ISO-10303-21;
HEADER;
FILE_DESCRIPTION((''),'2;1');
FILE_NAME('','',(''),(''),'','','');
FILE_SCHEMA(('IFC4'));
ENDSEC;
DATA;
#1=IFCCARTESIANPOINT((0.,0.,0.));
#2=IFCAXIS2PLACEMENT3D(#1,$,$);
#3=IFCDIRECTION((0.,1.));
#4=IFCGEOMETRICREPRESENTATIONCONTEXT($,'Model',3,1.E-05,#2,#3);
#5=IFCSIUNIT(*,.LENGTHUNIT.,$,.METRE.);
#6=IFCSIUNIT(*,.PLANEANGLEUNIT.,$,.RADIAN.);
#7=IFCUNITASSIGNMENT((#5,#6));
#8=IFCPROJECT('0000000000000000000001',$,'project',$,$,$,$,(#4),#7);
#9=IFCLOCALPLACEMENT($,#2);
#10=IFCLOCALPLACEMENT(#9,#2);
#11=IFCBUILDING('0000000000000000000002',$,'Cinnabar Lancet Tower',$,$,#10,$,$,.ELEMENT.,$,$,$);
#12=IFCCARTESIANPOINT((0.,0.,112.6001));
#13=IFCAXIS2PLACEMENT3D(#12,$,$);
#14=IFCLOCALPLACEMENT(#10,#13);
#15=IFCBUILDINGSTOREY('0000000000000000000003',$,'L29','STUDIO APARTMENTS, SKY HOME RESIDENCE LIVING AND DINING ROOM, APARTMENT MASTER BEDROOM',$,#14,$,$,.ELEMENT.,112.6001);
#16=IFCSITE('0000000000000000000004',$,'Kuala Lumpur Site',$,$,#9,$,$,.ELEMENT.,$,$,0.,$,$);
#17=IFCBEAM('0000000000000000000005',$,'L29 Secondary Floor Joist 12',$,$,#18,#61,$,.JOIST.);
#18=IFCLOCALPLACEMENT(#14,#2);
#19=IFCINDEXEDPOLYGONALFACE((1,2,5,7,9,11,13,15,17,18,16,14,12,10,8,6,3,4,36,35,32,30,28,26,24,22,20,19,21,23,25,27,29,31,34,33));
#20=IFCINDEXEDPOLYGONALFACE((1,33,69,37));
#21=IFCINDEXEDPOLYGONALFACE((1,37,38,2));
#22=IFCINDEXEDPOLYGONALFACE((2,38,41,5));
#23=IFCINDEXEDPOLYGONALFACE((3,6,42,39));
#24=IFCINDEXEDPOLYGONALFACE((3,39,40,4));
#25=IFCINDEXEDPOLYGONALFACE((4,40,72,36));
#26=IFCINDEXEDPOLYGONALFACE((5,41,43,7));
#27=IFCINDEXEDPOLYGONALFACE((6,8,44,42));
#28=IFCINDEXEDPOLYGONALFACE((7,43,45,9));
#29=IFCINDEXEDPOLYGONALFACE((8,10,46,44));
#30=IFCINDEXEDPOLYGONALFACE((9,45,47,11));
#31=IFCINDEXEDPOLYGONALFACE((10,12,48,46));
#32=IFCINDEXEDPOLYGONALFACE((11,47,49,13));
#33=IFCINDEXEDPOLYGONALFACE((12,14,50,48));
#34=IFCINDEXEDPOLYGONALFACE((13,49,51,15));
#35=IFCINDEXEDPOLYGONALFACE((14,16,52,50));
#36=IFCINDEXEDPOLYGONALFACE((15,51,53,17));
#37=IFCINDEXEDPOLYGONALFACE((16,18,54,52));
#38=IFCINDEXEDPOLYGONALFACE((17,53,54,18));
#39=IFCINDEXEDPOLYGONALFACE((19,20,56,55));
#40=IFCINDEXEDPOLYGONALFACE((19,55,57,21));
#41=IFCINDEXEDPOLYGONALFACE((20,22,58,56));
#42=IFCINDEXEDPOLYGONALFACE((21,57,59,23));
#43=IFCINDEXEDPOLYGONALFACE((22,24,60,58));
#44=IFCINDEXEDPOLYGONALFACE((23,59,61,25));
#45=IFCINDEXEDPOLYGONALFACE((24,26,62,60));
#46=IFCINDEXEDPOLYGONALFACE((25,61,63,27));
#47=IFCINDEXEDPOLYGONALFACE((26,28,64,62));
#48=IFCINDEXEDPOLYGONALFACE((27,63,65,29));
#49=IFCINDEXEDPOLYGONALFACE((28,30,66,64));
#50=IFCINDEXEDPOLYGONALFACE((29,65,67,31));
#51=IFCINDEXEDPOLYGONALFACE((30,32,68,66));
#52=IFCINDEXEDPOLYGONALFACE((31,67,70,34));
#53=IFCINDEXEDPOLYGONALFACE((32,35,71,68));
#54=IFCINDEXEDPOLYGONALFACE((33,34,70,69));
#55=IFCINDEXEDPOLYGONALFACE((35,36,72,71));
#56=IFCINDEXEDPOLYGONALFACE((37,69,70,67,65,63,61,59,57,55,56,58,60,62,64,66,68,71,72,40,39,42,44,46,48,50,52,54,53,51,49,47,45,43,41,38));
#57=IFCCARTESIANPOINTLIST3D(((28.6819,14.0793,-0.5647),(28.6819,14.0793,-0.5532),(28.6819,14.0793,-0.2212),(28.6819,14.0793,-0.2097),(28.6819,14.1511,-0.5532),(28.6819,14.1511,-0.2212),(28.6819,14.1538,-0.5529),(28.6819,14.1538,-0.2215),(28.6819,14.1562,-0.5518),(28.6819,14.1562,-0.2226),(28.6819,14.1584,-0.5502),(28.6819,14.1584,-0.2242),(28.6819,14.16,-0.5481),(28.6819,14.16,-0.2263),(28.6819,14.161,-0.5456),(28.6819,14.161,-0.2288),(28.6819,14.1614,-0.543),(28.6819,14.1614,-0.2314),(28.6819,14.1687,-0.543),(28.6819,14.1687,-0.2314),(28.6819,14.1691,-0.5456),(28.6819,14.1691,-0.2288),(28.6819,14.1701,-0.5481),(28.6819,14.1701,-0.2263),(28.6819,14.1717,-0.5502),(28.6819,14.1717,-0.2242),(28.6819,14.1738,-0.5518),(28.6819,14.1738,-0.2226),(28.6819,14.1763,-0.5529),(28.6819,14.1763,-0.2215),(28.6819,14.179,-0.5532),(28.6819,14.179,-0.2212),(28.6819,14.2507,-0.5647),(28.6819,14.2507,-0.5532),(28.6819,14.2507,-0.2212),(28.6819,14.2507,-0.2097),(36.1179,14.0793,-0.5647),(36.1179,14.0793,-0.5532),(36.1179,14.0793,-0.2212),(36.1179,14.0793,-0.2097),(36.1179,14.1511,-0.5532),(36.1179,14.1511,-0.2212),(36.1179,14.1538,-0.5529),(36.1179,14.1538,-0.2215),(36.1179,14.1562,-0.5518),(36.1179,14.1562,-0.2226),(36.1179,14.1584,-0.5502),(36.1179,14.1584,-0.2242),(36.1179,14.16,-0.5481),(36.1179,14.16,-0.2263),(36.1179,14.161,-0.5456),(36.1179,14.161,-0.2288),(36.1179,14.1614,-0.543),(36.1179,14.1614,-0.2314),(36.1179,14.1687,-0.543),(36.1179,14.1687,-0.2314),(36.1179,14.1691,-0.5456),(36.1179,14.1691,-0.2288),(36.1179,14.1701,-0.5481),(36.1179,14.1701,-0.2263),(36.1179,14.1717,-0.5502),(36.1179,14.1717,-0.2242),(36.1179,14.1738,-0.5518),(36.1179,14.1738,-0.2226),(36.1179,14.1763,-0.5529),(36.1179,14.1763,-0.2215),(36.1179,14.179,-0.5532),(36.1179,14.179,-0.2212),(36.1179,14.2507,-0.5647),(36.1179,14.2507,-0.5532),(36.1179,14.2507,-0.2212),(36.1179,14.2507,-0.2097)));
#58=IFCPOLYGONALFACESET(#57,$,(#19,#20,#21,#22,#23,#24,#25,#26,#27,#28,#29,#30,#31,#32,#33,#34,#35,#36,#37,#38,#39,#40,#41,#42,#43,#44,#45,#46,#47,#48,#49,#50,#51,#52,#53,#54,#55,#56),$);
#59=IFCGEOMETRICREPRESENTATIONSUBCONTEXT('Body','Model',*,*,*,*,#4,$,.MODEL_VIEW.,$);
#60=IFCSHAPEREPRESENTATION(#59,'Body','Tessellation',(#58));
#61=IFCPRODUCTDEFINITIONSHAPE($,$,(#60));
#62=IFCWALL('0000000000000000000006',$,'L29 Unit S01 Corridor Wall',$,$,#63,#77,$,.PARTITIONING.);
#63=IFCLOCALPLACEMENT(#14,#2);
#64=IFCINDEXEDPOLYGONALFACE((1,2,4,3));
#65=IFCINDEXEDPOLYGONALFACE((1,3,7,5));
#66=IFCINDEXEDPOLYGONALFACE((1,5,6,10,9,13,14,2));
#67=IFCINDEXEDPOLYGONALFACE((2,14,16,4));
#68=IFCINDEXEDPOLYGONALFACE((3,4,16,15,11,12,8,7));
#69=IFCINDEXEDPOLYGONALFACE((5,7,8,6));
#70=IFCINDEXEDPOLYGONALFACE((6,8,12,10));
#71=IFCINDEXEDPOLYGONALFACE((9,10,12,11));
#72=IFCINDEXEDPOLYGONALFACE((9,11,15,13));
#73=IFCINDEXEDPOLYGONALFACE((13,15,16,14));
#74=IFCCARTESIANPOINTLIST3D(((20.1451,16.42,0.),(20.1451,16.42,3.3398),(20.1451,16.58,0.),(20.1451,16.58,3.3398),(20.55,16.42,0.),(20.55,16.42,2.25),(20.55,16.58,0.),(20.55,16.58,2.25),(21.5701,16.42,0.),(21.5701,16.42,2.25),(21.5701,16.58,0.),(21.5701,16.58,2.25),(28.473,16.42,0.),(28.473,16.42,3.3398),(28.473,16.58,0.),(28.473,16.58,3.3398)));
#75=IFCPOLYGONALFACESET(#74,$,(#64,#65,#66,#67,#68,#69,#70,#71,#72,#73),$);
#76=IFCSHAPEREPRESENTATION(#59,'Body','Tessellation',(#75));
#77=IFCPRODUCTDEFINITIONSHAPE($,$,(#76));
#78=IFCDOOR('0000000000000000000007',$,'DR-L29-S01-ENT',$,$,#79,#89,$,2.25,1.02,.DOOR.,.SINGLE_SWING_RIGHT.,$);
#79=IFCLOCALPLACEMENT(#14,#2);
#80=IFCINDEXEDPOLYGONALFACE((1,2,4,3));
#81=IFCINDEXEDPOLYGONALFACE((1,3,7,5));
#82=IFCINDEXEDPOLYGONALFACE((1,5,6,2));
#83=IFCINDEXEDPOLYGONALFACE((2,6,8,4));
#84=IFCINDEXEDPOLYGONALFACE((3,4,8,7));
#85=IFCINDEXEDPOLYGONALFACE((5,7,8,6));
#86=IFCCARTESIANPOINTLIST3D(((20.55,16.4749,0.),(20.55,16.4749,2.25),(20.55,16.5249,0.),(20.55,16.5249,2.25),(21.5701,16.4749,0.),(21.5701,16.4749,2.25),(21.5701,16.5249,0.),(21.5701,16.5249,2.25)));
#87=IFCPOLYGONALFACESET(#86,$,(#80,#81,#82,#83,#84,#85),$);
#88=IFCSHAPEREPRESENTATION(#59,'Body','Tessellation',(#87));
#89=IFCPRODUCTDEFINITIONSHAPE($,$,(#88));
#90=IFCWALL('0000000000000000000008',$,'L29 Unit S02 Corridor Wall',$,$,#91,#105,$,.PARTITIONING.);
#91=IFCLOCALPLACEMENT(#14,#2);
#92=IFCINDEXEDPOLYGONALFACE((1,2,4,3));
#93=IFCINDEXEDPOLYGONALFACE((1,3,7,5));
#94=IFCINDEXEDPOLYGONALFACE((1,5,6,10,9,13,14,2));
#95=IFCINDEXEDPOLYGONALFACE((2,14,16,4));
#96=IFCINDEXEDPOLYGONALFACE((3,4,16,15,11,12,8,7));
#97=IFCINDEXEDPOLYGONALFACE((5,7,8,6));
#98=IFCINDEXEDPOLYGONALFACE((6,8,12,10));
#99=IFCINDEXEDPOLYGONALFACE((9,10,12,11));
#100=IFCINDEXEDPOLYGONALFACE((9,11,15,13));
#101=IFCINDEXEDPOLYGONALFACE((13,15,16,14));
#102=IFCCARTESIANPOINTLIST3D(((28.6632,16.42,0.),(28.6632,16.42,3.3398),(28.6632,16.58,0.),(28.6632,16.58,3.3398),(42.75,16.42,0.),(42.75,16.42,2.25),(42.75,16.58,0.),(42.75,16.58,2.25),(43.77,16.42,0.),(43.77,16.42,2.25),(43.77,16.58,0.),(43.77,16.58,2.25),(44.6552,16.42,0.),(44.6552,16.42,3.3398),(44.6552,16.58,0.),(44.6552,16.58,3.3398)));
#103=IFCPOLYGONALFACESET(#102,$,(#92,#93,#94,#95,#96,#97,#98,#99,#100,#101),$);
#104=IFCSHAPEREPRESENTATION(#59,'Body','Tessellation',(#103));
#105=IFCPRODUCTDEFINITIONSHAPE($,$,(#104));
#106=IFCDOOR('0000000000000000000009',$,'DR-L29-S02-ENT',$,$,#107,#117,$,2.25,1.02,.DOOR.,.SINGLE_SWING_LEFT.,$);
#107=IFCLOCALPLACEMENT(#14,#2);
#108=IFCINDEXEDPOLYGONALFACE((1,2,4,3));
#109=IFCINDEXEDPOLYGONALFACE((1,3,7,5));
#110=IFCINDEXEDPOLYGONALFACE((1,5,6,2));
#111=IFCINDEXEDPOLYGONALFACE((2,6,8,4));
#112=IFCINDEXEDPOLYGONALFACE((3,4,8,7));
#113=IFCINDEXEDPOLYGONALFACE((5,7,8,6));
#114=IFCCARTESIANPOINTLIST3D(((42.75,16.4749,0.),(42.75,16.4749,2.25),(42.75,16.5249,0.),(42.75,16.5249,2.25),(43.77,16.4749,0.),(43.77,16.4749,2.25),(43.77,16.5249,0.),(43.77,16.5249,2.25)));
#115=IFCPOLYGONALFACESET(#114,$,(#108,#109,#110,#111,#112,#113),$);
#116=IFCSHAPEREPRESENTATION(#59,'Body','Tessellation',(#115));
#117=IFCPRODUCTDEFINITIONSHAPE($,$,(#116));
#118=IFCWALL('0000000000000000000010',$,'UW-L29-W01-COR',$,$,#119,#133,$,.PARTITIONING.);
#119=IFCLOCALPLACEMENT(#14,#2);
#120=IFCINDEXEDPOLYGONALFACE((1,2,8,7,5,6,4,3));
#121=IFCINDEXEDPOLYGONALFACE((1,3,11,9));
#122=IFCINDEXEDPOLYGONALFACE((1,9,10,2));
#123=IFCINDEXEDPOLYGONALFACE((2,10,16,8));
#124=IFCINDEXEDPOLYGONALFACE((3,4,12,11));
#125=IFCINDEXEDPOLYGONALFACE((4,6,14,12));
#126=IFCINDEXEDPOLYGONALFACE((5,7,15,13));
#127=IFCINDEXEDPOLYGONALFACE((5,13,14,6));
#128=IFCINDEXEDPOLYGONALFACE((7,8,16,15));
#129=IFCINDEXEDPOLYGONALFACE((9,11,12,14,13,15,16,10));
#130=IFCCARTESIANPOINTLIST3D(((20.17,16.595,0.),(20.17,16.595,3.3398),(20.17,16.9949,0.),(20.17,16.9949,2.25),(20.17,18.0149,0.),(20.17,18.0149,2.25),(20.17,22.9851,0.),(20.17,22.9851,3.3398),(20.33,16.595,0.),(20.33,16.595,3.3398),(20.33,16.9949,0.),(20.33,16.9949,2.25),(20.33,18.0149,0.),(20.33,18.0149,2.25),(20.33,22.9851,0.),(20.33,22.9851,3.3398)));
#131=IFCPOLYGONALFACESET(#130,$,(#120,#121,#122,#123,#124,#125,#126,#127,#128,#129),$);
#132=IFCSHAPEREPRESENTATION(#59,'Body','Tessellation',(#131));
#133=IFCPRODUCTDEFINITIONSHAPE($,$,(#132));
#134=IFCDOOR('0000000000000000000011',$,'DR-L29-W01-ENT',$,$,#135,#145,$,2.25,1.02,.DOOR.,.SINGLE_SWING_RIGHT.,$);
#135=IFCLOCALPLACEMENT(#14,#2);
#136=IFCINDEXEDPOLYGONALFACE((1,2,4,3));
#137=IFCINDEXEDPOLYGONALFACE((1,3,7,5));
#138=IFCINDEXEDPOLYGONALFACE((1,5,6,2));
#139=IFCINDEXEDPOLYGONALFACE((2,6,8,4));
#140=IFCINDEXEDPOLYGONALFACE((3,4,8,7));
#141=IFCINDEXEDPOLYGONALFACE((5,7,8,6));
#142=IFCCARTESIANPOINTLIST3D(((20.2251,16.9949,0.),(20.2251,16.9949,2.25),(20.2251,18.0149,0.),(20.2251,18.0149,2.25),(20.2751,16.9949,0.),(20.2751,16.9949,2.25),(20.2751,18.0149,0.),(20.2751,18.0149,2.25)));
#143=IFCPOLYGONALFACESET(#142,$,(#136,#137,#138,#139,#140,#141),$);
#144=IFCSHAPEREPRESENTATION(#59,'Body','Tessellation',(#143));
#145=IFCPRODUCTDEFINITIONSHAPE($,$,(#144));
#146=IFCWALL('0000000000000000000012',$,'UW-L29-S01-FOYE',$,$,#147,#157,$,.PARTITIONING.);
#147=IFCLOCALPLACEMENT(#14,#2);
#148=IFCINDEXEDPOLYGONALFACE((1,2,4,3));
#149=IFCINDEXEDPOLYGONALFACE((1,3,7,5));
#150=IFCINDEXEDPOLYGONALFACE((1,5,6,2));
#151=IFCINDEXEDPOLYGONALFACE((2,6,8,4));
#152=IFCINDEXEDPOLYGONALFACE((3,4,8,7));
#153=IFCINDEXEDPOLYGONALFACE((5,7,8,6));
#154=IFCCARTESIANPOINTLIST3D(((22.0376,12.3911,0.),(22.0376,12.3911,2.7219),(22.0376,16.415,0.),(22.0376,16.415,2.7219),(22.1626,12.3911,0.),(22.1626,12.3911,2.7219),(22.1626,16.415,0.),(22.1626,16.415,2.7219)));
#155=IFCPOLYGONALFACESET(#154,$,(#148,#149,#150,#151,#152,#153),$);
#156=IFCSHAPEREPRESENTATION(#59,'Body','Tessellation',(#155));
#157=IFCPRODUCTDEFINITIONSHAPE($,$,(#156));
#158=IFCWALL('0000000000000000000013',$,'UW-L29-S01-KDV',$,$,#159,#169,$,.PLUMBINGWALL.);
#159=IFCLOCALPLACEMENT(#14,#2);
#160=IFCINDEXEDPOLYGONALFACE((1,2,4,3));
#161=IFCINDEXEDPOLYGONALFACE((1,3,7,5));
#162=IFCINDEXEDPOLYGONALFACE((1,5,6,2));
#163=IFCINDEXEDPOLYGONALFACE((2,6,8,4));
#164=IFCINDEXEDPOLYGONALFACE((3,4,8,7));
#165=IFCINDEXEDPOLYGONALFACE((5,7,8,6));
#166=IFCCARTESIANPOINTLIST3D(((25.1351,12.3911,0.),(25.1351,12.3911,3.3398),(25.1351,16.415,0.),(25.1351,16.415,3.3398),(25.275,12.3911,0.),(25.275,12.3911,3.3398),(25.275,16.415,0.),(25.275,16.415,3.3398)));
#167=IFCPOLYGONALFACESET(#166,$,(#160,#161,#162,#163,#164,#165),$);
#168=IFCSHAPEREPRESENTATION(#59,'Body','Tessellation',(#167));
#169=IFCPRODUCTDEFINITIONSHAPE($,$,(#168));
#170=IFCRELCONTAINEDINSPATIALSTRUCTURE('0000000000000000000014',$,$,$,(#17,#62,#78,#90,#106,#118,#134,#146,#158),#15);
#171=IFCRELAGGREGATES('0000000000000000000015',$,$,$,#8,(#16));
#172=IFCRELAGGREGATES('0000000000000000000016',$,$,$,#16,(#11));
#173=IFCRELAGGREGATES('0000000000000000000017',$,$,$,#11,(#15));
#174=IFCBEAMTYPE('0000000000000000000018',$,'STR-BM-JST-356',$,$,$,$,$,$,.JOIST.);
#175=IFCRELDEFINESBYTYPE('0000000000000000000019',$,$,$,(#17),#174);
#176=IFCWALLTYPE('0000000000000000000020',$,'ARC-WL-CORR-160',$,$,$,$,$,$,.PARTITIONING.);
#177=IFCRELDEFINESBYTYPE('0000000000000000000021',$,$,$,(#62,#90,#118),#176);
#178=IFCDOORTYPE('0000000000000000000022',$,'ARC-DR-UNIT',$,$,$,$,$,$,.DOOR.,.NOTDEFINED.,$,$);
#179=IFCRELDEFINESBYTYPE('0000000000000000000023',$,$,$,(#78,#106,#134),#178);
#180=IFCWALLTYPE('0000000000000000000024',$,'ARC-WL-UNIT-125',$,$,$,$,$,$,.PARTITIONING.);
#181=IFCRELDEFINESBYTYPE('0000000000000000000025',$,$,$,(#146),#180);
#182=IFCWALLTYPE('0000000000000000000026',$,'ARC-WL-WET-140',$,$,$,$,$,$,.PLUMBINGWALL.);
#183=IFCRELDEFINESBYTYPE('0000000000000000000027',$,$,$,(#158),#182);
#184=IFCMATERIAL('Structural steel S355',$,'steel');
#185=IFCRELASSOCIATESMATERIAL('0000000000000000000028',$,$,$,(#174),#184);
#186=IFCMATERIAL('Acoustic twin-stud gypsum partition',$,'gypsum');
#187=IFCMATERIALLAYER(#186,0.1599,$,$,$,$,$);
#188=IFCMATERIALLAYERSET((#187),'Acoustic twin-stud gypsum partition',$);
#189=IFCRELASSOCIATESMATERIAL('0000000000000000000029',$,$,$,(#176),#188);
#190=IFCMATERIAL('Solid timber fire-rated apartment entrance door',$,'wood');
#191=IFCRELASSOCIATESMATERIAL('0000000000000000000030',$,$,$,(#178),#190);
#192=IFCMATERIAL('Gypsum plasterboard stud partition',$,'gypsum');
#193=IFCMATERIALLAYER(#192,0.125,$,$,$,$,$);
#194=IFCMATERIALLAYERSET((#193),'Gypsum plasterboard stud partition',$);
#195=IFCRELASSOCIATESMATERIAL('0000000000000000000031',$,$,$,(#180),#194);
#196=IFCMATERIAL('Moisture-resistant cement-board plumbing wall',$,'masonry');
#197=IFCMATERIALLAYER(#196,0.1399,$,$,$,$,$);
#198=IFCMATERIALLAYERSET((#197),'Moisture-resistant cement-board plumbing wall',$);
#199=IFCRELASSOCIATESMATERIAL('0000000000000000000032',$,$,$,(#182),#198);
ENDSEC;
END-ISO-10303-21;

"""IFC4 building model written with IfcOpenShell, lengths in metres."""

from ifc_helpers import new_model, si_unit, direction, frame, frame_2d, origin, origin_2d, place, context, subcontext, project, spatial, rectangle, i_section, extrude, material, layer, layer_set, material_profile, profile_set, type_object, element, fill, save


model = new_model("IFC4")

# Units and contexts
model_context = context("Model", 3, precision=1e-05, world=origin(), true_north=direction((0.0, 1.0)))
body_context = subcontext(model_context, "Body", "Model", "MODEL_VIEW")
ifc_project = project(units=[si_unit("LENGTHUNIT", "METRE"), si_unit("PLANEANGLEUNIT", "RADIAN")], contexts=[model_context])

# Site, building, storey
site_placement = place(None, origin())
site = spatial("IfcSite", under=ifc_project, at=site_placement, Name="Kuala Lumpur Site", CompositionType="ELEMENT", RefElevation=0.0)
building_placement = place(site_placement, origin())
building = spatial("IfcBuilding", under=site, at=building_placement, Name="Cinnabar Lancet Tower", CompositionType="ELEMENT")
storey_placement = place(building_placement, frame((0.0, 0.0, 112.6001)))
storey = spatial("IfcBuildingStorey", under=building, at=storey_placement, Name="L29", Description="STUDIO APARTMENTS, SKY HOME RESIDENCE LIVING AND DINING ROOM, APARTMENT MASTER BEDROOM", CompositionType="ELEMENT", Elevation=112.6001)

# Beam
ifc_material_1 = material(Name="Structural steel S355", Category="steel")
ifc_material_profile = material_profile(ifc_material_1, i_section(OverallWidth=0.1714, OverallDepth=0.355, WebThickness=0.0073, FlangeThickness=0.0115, FilletRadius=0.0103, at=origin_2d()), Name="UKB 356x171x51")
ifc_profile_set = profile_set([ifc_material_profile], Name="Structural steel S355")
beam_type = type_object("IfcBeamType", Name="STR-BM-JST-356", PredefinedType="JOIST", material=ifc_profile_set)
beam_1_placement = place(storey_placement, frame((28.6819, 14.165, -0.3872), z_axis=(1.0, 0.0, 0.0), x_axis=(0.0, 1.0, 0.0)))
element("IfcBeam", 1, at=beam_1_placement, inside=storey, type_object=beam_type, Name="L29 Secondary Floor Joist 12", PredefinedType="JOIST", context=body_context, shape_type="SweptSolid", body=[
    extrude(i_section(OverallWidth=0.1714, OverallDepth=0.355, WebThickness=0.0073, FlangeThickness=0.0115, FilletRadius=0.0103, at=origin_2d()), origin(), (0.0, 0.0, 1.0), 7.436),
])

# Walls, openings, doors
ifc_material_2 = material(Name="Acoustic twin-stud gypsum partition", Category="gypsum")
ifc_layer_1 = layer(ifc_material_2, 0.1599)
ifc_layer_set_1 = layer_set([ifc_layer_1], Name="Acoustic twin-stud gypsum partition")
wall_type_1 = type_object("IfcWallType", Name="ARC-WL-CORR-160", PredefinedType="PARTITIONING", material=ifc_layer_set_1)
wall_1_placement = place(storey_placement, frame((20.145, 16.5, 0.0), z_axis=(0.0, 0.0, 1.0), x_axis=(1.0, 0.0, 0.0)))
wall_1 = element("IfcWall", 2, at=wall_1_placement, inside=storey, type_object=wall_type_1, Name="L29 Unit S01 Corridor Wall", PredefinedType="PARTITIONING", context=body_context, shape_type="SweptSolid", body=[
    extrude(rectangle(XDim=8.3279, YDim=0.1599, at=frame_2d((4.1641, 0.0))), origin(), (0.0, 0.0, 1.0), 3.3398),
])
opening_1_placement = place(wall_1_placement, frame((0.405, 0.0, 0.0)))
opening_1 = element("IfcOpeningElement", 3, at=opening_1_placement, cuts=wall_1, PredefinedType="OPENING", context=body_context, shape_type="SweptSolid", body=[
    extrude(rectangle(XDim=1.02, YDim=2.25, at=frame_2d((0.51, 1.125))), frame((0.0, 0.0898, 0.0), z_axis=(0.0, -1.0, 0.0), x_axis=(1.0, 0.0, 0.0)), (0.0, 0.0, 1.0), 0.1799),
])
ifc_material_3 = material(Name="Solid timber fire-rated apartment entrance door", Category="wood")
door_type = type_object("IfcDoorType", Name="ARC-DR-UNIT", OperationType="NOTDEFINED", PredefinedType="DOOR", material=ifc_material_3)
door_1_placement = place(opening_1_placement, origin())
door_1 = element("IfcDoor", 4, at=door_1_placement, inside=storey, type_object=door_type, Name="DR-L29-S01-ENT", OperationType="SINGLE_SWING_RIGHT", OverallHeight=2.25, OverallWidth=1.02, PredefinedType="DOOR", context=body_context, shape_type="SweptSolid", body=[
    extrude(rectangle(XDim=1.02, YDim=2.25, at=frame_2d((0.51, 1.125))), frame((0.0, 0.0249, 0.0), z_axis=(0.0, -1.0, 0.0), x_axis=(1.0, 0.0, 0.0)), (0.0, 0.0, 1.0), 0.05),
])
fill(opening_1, door_1)
wall_2_placement = place(storey_placement, frame((28.6631, 16.5, 0.0), z_axis=(0.0, 0.0, 1.0), x_axis=(1.0, 0.0, 0.0)))
wall_2 = element("IfcWall", 5, at=wall_2_placement, inside=storey, type_object=wall_type_1, Name="L29 Unit S02 Corridor Wall", PredefinedType="PARTITIONING", context=body_context, shape_type="SweptSolid", body=[
    extrude(rectangle(XDim=15.9919, YDim=0.1599, at=frame_2d((7.9961, 0.0))), origin(), (0.0, 0.0, 1.0), 3.3398),
])
opening_2_placement = place(wall_2_placement, frame((14.0869, 0.0, 0.0)))
opening_2 = element("IfcOpeningElement", 6, at=opening_2_placement, cuts=wall_2, PredefinedType="OPENING", context=body_context, shape_type="SweptSolid", body=[
    extrude(rectangle(XDim=1.02, YDim=2.25, at=frame_2d((0.51, 1.125))), frame((0.0, 0.0898, 0.0), z_axis=(0.0, -1.0, 0.0), x_axis=(1.0, 0.0, 0.0)), (0.0, 0.0, 1.0), 0.1799),
])
door_2_placement = place(opening_2_placement, origin())
door_2 = element("IfcDoor", 7, at=door_2_placement, inside=storey, type_object=door_type, Name="DR-L29-S02-ENT", OperationType="SINGLE_SWING_LEFT", OverallHeight=2.25, OverallWidth=1.02, PredefinedType="DOOR", context=body_context, shape_type="SweptSolid", body=[
    extrude(rectangle(XDim=1.02, YDim=2.25, at=frame_2d((0.51, 1.125))), frame((0.0, 0.0249, 0.0), z_axis=(0.0, -1.0, 0.0), x_axis=(1.0, 0.0, 0.0)), (0.0, 0.0, 1.0), 0.05),
])
fill(opening_2, door_2)
wall_3_placement = place(storey_placement, frame((20.25, 16.595, 0.0), z_axis=(0.0, 0.0, 1.0), x_axis=(0.0, 1.0, 0.0)))
wall_3 = element("IfcWall", 8, at=wall_3_placement, inside=storey, type_object=wall_type_1, Name="UW-L29-W01-COR", PredefinedType="PARTITIONING", context=body_context, shape_type="SweptSolid", body=[
    extrude(rectangle(XDim=6.3901, YDim=0.1599, at=frame_2d((3.1951, 0.0))), origin(), (0.0, 0.0, 1.0), 3.3398),
])
opening_3_placement = place(wall_3_placement, frame((0.3999, 0.0, 0.0)))
opening_3 = element("IfcOpeningElement", 9, at=opening_3_placement, cuts=wall_3, PredefinedType="OPENING", context=body_context, shape_type="SweptSolid", body=[
    extrude(rectangle(XDim=1.02, YDim=2.25, at=frame_2d((0.51, 1.125))), frame((0.0, 0.0898, 0.0), z_axis=(0.0, -1.0, 0.0), x_axis=(1.0, 0.0, 0.0)), (0.0, 0.0, 1.0), 0.1799),
])
door_3_placement = place(opening_3_placement, origin())
door_3 = element("IfcDoor", 10, at=door_3_placement, inside=storey, type_object=door_type, Name="DR-L29-W01-ENT", OperationType="SINGLE_SWING_RIGHT", OverallHeight=2.25, OverallWidth=1.02, PredefinedType="DOOR", context=body_context, shape_type="SweptSolid", body=[
    extrude(rectangle(XDim=1.02, YDim=2.25, at=frame_2d((0.51, 1.125))), frame((0.0, 0.0249, 0.0), z_axis=(0.0, -1.0, 0.0), x_axis=(1.0, 0.0, 0.0)), (0.0, 0.0, 1.0), 0.05),
])
fill(opening_3, door_3)

# Walls
ifc_material_4 = material(Name="Gypsum plasterboard stud partition", Category="gypsum")
ifc_layer_2 = layer(ifc_material_4, 0.125)
ifc_layer_set_2 = layer_set([ifc_layer_2], Name="Gypsum plasterboard stud partition")
wall_type_2 = type_object("IfcWallType", Name="ARC-WL-UNIT-125", PredefinedType="PARTITIONING", material=ifc_layer_set_2)
wall_4_placement = place(storey_placement, frame((22.1001, 12.3911, 0.0), z_axis=(0.0, 0.0, 1.0), x_axis=(0.0, 1.0, 0.0)))
element("IfcWall", 11, at=wall_4_placement, inside=storey, type_object=wall_type_2, Name="UW-L29-S01-FOYE", PredefinedType="PARTITIONING", context=body_context, shape_type="SweptSolid", body=[
    extrude(rectangle(XDim=4.0239, YDim=0.125, at=frame_2d((2.012, 0.0))), origin(), (0.0, 0.0, 1.0), 2.7219),
])
ifc_material_5 = material(Name="Moisture-resistant cement-board plumbing wall", Category="masonry")
ifc_layer_3 = layer(ifc_material_5, 0.1399)
ifc_layer_set_3 = layer_set([ifc_layer_3], Name="Moisture-resistant cement-board plumbing wall")
wall_type_3 = type_object("IfcWallType", Name="ARC-WL-WET-140", PredefinedType="PLUMBINGWALL", material=ifc_layer_set_3)
wall_5_placement = place(storey_placement, frame((25.2051, 12.3911, 0.0), z_axis=(0.0, 0.0, 1.0), x_axis=(0.0, 1.0, 0.0)))
element("IfcWall", 12, at=wall_5_placement, inside=storey, type_object=wall_type_3, Name="UW-L29-S01-KDV", PredefinedType="PLUMBINGWALL", context=body_context, shape_type="SweptSolid", body=[
    extrude(rectangle(XDim=4.0239, YDim=0.1399, at=frame_2d((2.012, 0.0))), origin(), (0.0, 0.0, 1.0), 3.3398),
])

save(model, "model.ifc")
